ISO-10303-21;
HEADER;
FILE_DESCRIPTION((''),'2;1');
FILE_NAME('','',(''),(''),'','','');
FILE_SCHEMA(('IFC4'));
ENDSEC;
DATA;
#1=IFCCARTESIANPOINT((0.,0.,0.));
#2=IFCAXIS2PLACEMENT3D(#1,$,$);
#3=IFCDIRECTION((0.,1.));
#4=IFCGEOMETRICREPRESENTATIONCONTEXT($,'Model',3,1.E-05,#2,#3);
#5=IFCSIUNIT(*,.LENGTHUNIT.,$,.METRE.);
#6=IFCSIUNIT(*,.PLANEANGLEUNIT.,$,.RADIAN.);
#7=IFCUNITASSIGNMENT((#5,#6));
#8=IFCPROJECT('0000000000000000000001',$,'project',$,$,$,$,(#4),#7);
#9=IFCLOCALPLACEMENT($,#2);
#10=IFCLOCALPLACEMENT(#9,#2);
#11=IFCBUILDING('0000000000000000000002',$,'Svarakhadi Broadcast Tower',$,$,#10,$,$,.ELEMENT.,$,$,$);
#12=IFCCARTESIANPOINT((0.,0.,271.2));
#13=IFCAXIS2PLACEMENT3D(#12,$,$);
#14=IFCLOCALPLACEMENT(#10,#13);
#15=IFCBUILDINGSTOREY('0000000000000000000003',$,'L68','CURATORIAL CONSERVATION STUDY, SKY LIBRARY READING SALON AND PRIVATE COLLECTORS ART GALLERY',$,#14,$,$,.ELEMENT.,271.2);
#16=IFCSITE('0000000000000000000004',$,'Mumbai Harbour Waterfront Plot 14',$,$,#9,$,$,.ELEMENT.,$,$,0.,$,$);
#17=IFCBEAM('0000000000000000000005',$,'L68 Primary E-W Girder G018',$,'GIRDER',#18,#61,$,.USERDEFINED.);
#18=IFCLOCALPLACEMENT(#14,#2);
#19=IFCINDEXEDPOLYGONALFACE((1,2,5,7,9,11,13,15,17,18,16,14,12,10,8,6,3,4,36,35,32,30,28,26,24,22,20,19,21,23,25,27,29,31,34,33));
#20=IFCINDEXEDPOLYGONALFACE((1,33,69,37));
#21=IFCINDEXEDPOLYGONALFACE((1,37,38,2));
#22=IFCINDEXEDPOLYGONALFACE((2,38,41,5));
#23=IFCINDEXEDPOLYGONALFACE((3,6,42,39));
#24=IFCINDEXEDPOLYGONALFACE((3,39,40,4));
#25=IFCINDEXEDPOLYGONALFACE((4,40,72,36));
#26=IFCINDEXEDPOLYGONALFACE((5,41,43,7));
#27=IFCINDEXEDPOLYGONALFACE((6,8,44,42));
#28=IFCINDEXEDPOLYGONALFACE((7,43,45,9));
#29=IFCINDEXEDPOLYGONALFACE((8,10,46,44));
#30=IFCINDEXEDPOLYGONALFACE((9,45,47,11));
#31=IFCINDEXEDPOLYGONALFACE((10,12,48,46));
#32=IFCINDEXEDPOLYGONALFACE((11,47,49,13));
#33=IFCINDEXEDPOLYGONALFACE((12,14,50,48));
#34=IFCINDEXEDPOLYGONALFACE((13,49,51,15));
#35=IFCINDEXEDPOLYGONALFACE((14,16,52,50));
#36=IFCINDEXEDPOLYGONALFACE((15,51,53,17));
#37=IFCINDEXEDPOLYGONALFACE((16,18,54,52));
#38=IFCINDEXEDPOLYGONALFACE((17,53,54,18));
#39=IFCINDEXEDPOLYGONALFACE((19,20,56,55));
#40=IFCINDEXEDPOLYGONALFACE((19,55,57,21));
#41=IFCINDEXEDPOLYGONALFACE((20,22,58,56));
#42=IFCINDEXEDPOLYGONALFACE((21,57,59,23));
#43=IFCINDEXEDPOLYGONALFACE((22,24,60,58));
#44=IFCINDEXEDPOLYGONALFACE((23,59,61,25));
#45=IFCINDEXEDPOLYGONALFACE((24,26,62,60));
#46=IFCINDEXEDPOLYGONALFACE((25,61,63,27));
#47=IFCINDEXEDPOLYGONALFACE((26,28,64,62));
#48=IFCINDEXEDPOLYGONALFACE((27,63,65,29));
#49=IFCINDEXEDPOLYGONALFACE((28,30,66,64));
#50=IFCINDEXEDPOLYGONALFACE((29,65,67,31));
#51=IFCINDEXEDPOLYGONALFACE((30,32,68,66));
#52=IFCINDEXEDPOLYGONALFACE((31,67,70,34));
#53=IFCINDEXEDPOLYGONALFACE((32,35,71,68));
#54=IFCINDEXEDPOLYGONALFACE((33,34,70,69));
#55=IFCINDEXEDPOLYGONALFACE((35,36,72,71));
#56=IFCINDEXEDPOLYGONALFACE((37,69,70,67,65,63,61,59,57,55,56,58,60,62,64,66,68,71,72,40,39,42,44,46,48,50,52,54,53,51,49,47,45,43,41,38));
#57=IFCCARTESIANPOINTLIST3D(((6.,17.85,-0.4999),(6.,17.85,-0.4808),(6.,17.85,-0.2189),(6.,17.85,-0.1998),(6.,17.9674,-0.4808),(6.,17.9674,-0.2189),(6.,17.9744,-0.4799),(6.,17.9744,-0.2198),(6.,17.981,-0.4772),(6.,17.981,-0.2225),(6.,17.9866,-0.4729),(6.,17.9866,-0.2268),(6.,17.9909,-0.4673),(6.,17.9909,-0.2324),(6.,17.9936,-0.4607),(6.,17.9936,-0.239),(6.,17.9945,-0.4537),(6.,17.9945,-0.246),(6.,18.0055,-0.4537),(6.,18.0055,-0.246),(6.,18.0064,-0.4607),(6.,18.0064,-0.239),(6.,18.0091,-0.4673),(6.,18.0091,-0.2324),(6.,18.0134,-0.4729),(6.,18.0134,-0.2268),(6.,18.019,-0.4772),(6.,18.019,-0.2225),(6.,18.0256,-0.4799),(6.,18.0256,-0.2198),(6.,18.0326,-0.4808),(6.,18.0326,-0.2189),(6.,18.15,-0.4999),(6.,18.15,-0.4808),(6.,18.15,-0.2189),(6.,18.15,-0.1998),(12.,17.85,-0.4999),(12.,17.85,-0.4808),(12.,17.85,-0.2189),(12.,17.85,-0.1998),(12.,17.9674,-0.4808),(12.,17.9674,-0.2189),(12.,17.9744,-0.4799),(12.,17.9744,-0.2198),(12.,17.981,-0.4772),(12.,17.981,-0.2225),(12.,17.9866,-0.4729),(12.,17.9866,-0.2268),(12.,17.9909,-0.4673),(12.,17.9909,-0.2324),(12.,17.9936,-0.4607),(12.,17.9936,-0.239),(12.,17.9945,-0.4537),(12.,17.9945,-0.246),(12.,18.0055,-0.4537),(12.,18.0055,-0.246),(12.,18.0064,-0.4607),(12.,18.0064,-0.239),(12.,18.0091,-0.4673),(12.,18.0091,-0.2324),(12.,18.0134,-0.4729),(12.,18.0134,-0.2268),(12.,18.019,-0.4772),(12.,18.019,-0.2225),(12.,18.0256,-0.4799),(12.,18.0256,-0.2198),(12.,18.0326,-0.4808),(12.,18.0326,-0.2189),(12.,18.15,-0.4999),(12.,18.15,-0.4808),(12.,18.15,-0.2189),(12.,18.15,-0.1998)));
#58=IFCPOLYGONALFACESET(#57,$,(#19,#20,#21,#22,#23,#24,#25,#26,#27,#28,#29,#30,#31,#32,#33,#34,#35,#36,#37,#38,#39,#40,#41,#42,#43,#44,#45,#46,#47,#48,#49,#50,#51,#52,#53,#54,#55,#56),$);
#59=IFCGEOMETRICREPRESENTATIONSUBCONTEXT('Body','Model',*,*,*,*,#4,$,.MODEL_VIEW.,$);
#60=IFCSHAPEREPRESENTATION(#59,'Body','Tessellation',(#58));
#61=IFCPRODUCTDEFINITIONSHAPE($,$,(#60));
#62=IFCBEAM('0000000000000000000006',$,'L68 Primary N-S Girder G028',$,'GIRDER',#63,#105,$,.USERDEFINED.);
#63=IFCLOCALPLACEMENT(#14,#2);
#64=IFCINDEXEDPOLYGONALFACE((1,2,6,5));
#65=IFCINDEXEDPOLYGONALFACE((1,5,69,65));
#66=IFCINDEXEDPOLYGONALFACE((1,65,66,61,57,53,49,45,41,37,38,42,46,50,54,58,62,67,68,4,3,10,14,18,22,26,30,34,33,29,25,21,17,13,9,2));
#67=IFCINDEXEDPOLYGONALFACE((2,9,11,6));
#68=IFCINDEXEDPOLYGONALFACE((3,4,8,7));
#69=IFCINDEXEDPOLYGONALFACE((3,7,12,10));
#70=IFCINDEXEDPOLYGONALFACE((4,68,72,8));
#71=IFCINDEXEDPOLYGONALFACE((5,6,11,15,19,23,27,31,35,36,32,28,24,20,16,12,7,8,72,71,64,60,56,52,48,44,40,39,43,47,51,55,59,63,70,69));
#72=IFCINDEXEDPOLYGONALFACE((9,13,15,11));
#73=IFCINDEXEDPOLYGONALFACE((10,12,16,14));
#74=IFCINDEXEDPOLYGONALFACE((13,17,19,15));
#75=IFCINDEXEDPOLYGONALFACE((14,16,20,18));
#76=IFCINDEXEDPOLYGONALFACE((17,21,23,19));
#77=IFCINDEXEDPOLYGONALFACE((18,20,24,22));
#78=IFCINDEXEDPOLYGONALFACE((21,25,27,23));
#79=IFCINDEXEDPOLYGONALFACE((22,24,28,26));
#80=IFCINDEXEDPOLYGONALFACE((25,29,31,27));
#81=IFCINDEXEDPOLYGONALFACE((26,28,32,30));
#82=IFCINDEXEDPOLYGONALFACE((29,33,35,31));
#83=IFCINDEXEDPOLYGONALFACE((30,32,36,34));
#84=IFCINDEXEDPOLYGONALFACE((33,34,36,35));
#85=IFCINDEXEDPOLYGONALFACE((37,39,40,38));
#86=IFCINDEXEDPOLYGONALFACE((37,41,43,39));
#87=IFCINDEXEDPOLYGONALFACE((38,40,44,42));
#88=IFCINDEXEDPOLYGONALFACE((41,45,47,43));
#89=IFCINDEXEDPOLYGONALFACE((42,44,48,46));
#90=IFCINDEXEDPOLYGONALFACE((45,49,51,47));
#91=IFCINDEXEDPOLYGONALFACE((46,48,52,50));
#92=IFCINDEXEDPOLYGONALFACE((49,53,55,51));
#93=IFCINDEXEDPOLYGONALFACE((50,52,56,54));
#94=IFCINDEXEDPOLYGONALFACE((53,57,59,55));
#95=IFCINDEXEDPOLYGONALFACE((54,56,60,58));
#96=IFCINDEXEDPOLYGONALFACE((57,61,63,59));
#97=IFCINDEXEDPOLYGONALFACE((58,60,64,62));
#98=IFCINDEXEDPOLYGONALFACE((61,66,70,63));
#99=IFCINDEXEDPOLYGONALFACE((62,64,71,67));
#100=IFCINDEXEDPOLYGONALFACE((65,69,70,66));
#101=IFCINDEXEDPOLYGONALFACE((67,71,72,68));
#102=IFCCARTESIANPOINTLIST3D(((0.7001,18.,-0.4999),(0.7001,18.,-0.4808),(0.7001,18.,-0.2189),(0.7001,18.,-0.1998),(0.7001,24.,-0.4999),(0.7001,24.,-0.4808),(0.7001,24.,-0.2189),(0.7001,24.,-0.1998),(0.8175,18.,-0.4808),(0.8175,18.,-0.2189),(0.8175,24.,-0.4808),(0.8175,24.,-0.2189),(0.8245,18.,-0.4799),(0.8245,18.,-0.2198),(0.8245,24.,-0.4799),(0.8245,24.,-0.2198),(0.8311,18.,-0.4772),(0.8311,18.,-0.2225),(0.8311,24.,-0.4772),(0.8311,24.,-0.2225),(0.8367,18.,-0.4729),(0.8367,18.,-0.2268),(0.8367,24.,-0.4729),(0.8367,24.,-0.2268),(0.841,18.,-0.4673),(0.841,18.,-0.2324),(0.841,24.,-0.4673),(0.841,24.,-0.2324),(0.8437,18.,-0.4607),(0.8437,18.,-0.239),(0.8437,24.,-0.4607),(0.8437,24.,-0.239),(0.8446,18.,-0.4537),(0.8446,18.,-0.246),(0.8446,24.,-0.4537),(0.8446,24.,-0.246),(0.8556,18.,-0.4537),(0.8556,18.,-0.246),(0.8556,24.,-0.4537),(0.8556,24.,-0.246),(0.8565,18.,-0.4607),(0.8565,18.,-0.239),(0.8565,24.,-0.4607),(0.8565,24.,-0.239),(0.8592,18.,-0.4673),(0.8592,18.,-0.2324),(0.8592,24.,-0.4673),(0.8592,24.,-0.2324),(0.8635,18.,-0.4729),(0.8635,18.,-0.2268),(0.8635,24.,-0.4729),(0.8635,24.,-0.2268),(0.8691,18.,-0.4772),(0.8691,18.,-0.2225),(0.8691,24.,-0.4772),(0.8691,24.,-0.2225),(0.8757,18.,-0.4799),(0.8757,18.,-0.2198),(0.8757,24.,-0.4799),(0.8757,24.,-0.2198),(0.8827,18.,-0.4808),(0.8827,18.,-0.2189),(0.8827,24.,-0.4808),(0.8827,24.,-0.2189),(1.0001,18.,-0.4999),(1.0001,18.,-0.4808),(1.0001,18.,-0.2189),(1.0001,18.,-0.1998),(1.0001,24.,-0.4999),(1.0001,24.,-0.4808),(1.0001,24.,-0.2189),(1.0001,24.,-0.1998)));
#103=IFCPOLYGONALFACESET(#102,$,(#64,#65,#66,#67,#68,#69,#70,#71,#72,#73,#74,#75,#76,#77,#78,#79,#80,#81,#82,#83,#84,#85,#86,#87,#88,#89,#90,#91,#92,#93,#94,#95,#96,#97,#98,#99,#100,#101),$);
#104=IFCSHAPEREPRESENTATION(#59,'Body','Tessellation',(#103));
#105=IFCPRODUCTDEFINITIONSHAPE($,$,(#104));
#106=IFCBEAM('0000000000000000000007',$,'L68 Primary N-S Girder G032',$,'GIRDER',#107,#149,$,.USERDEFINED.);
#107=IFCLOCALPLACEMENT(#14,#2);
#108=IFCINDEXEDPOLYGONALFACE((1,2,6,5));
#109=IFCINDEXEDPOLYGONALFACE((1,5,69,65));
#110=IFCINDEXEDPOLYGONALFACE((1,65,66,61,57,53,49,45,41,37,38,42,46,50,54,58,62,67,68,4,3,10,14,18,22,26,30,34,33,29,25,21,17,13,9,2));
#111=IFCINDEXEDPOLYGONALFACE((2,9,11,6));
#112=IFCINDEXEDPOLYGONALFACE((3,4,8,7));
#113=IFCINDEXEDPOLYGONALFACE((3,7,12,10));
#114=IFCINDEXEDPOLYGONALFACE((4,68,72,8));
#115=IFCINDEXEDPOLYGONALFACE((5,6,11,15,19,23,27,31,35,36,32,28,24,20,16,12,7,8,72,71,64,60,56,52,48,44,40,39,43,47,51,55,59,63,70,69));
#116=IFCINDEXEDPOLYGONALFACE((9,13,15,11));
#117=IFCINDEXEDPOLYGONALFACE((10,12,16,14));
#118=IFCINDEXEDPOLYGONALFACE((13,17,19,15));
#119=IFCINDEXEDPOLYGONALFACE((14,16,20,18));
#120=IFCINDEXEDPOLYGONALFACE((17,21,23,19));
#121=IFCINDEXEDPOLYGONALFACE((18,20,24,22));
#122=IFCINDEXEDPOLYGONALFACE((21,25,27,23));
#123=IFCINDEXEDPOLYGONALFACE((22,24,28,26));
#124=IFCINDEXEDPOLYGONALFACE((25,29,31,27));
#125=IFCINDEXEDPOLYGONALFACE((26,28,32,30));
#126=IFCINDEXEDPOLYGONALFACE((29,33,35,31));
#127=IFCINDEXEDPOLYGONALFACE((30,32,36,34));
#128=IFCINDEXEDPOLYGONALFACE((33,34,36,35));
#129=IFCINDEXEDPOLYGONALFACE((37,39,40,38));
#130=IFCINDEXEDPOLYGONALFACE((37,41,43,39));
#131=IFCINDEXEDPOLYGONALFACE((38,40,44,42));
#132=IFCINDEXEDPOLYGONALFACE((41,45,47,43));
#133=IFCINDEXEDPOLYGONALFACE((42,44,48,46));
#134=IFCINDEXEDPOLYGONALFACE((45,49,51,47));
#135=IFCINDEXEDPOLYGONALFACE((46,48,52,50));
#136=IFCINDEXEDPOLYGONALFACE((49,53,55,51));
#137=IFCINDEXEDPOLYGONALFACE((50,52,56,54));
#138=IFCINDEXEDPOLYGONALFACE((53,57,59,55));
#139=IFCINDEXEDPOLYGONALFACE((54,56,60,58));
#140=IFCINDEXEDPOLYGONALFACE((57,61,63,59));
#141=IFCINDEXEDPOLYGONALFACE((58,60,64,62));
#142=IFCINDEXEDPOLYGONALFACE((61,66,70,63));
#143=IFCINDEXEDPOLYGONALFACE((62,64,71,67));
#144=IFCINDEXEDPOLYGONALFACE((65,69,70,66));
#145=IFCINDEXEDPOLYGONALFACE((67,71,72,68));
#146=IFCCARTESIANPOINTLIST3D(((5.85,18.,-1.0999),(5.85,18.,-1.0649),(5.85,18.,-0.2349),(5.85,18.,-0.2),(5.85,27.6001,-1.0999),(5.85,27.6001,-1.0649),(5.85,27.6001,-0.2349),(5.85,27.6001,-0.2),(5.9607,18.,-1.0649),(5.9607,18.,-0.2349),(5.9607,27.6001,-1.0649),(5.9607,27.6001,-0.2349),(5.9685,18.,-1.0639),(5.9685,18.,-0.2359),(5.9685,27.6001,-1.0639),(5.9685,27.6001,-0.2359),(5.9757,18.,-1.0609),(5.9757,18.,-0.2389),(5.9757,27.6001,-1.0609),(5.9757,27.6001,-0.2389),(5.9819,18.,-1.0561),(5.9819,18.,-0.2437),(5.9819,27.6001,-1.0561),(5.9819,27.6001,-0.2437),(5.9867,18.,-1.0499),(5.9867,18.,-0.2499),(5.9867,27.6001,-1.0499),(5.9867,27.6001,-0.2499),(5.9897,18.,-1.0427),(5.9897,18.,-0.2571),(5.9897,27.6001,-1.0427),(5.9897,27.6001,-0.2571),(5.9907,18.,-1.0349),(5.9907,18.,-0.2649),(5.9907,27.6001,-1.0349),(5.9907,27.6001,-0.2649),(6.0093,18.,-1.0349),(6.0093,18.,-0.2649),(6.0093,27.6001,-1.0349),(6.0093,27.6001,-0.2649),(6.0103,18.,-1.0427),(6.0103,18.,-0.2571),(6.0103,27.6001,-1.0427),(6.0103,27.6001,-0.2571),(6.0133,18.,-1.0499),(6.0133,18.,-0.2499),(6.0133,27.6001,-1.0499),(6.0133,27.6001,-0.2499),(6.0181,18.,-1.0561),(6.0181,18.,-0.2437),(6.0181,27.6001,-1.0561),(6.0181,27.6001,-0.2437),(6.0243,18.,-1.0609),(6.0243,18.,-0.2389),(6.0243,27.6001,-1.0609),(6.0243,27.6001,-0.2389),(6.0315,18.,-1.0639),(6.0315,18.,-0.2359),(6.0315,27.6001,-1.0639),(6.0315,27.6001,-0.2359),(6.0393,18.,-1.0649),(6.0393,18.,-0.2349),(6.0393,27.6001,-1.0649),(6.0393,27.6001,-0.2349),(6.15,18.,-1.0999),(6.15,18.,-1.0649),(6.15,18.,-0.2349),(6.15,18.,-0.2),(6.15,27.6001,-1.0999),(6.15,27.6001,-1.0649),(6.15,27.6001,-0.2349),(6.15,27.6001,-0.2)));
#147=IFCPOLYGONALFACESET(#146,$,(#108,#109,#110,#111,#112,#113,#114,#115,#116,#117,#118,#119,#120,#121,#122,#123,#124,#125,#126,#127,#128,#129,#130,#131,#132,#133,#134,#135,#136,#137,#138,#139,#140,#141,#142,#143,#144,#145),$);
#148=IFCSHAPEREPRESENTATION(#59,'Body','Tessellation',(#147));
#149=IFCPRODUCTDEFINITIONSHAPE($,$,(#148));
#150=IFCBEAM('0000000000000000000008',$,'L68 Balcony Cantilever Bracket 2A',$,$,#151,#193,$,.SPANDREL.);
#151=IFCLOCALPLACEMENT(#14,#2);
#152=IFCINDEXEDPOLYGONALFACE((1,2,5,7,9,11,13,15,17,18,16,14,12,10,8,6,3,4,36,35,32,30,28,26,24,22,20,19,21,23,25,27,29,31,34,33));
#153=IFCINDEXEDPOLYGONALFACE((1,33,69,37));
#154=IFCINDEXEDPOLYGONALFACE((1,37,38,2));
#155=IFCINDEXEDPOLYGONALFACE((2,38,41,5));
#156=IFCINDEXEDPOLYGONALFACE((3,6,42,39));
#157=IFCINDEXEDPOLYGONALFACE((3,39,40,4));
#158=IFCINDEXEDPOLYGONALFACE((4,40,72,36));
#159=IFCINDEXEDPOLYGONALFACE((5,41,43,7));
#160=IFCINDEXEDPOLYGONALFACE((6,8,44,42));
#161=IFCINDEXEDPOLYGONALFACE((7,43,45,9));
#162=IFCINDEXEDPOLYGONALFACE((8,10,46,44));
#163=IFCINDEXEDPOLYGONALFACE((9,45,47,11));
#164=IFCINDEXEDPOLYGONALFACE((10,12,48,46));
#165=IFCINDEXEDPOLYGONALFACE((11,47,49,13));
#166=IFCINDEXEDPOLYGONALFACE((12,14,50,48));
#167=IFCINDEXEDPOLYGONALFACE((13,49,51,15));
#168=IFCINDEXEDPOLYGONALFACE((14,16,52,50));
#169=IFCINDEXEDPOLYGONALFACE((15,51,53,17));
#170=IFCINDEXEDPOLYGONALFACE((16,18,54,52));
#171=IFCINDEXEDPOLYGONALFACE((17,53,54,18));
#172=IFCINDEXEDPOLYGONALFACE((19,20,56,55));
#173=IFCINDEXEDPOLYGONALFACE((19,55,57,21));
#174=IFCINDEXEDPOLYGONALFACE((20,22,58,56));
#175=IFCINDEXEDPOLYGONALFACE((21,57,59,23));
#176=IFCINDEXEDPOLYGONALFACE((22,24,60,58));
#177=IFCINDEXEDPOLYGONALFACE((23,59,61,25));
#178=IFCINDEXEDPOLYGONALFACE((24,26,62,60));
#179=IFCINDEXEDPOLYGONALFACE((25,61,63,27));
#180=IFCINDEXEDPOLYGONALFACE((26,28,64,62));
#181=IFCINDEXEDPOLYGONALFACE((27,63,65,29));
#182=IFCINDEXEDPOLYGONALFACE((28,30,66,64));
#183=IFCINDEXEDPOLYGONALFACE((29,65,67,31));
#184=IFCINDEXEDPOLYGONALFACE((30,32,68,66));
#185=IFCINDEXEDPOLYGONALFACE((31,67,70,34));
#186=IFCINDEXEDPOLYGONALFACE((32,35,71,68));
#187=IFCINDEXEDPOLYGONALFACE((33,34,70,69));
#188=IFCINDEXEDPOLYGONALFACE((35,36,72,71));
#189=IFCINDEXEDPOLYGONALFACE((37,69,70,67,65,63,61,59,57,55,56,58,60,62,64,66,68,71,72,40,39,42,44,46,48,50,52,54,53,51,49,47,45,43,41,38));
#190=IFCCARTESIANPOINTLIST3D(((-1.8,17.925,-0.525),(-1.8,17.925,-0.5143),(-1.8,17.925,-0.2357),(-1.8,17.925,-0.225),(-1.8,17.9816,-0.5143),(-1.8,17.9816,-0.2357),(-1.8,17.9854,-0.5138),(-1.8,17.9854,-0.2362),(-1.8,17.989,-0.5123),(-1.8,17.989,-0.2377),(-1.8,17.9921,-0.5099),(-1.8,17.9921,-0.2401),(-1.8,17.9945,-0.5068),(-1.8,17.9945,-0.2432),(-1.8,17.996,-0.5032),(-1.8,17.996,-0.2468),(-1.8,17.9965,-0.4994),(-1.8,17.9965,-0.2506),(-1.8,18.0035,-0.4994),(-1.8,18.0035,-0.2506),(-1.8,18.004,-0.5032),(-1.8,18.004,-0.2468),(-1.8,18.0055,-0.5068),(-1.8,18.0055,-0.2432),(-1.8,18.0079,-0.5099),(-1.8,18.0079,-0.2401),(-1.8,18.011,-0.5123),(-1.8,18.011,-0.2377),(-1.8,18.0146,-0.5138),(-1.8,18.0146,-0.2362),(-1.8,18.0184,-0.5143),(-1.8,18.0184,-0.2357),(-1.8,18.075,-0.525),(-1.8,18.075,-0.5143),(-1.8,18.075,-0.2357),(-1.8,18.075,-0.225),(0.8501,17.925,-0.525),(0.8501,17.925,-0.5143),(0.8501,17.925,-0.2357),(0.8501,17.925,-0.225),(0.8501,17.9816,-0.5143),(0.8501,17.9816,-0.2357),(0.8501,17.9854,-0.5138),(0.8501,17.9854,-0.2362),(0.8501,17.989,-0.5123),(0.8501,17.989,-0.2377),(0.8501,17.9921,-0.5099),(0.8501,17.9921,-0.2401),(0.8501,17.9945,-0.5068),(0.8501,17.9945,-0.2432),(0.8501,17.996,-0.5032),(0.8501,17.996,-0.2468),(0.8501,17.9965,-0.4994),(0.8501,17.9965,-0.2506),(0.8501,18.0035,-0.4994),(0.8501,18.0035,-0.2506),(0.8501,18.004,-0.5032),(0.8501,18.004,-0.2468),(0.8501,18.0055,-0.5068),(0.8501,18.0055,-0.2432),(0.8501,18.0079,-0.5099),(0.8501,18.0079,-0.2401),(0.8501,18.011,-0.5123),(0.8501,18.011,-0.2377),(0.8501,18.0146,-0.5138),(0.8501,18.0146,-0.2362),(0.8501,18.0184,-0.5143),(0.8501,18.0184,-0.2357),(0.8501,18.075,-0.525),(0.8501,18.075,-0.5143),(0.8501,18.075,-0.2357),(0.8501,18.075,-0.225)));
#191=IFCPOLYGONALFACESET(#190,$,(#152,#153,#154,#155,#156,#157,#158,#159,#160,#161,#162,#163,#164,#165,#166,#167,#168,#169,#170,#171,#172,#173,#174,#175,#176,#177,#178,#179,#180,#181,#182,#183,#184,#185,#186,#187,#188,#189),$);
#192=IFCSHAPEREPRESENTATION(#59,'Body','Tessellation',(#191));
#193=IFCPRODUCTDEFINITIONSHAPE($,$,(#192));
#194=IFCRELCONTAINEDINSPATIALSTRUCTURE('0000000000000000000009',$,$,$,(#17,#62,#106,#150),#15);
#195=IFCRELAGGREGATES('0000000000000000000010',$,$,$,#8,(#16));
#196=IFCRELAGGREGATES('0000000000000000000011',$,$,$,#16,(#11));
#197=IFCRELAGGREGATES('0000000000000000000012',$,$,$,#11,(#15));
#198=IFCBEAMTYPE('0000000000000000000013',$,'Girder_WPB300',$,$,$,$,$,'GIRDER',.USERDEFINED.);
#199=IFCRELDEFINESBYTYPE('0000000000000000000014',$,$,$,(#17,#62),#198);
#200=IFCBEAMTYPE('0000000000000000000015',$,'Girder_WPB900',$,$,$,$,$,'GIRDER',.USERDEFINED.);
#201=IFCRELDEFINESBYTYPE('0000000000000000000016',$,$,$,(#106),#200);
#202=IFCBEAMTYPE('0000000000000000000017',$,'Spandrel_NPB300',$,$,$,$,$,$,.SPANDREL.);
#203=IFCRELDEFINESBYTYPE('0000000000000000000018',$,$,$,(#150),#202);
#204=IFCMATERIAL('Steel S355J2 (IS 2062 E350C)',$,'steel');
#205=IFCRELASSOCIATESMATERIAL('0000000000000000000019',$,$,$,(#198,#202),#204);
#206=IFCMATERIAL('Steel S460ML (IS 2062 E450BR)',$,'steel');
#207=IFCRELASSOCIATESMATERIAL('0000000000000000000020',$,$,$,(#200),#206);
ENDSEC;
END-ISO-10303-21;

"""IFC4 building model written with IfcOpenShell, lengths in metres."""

from ifc_helpers import new_model, si_unit, direction, frame, origin, origin_2d, place, context, subcontext, project, spatial, i_section, extrude, material, material_profile, profile_set, type_object, element, save


model = new_model("IFC4")

# Units and contexts
model_context = context("Model", 3, precision=1e-05, world=origin(), true_north=direction((0.0, 1.0)))
body_context = subcontext(model_context, "Body", "Model", "MODEL_VIEW")
ifc_project = project(units=[si_unit("LENGTHUNIT", "METRE"), si_unit("PLANEANGLEUNIT", "RADIAN")], contexts=[model_context])

# Site, building, storey
site_placement = place(None, origin())
site = spatial("IfcSite", under=ifc_project, at=site_placement, Name="Mumbai Harbour Waterfront Plot 14", CompositionType="ELEMENT", RefElevation=0.0)
building_placement = place(site_placement, origin())
building = spatial("IfcBuilding", under=site, at=building_placement, Name="Svarakhadi Broadcast Tower", CompositionType="ELEMENT")
storey_placement = place(building_placement, frame((0.0, 0.0, 271.2)))
storey = spatial("IfcBuildingStorey", under=building, at=storey_placement, Name="L68", Description="CURATORIAL CONSERVATION STUDY, SKY LIBRARY READING SALON AND PRIVATE COLLECTORS ART GALLERY", CompositionType="ELEMENT", Elevation=271.2)

# Shared definitions
ifc_material_1 = material(Name="Steel S460ML (IS 2062 E450BR)", Category="steel")

# Shared definitions
ifc_material_2 = material(Name="Steel S355J2 (IS 2062 E350C)", Category="steel")

# Beams
ifc_material_profile_1 = material_profile(ifc_material_2, i_section(OverallWidth=0.3, OverallDepth=0.3, WebThickness=0.011, FlangeThickness=0.019, FilletRadius=0.0271, at=origin_2d()), Name="WPB 300x300x117")
ifc_profile_set_1 = profile_set([ifc_material_profile_1], Name="Steel S355J2 (IS 2062 E350C)")
beam_type_1 = type_object("IfcBeamType", Name="Girder_WPB300", ElementType="GIRDER", PredefinedType="USERDEFINED", material=ifc_profile_set_1)
for number, where, z_axis, x_axis, name in (
    (1, (6.0, 18.0, -0.3499), (1.0, 0.0, 0.0), (0.0, 1.0, 0.0), "L68 Primary E-W Girder G018"),
    (2, (0.8501, 18.0, -0.3499), (0.0, 1.0, 0.0), (-1.0, 0.0, 0.0), "L68 Primary N-S Girder G028"),
):
    element("IfcBeam", number, at=place(storey_placement, frame(where, z_axis=z_axis, x_axis=x_axis)), inside=storey, type_object=beam_type_1, Name=name, ObjectType="GIRDER", PredefinedType="USERDEFINED", context=body_context, shape_type="SweptSolid", body=[
        extrude(i_section(OverallWidth=0.3, OverallDepth=0.3, WebThickness=0.011, FlangeThickness=0.019, FilletRadius=0.0271, at=origin_2d()), origin(), (0.0, 0.0, 1.0), 6.0),
    ])
ifc_material_profile_2 = material_profile(ifc_material_1, i_section(OverallWidth=0.3, OverallDepth=0.8999, WebThickness=0.0186, FlangeThickness=0.0349, FilletRadius=0.03, at=origin_2d()), Name="WPB 900x300x291")
ifc_profile_set_2 = profile_set([ifc_material_profile_2], Name="Steel S460ML (IS 2062 E450BR)")
beam_type_2 = type_object("IfcBeamType", Name="Girder_WPB900", ElementType="GIRDER", PredefinedType="USERDEFINED", material=ifc_profile_set_2)
beam_1_placement = place(storey_placement, frame((6.0, 18.0, -0.6499), z_axis=(0.0, 1.0, 0.0), x_axis=(-1.0, 0.0, 0.0)))
element("IfcBeam", 3, at=beam_1_placement, inside=storey, type_object=beam_type_2, Name="L68 Primary N-S Girder G032", ObjectType="GIRDER", PredefinedType="USERDEFINED", context=body_context, shape_type="SweptSolid", body=[
    extrude(i_section(OverallWidth=0.3, OverallDepth=0.8999, WebThickness=0.0186, FlangeThickness=0.0349, FilletRadius=0.03, at=origin_2d()), origin(), (0.0, 0.0, 1.0), 9.6001),
])
ifc_material_profile_3 = material_profile(ifc_material_2, i_section(OverallWidth=0.1499, OverallDepth=0.3, WebThickness=0.0071, FlangeThickness=0.0107, FilletRadius=0.0149, at=origin_2d()), Name="NPB 300x150x37")
ifc_profile_set_3 = profile_set([ifc_material_profile_3], Name="Steel S355J2 (IS 2062 E350C)")
beam_type_3 = type_object("IfcBeamType", Name="Spandrel_NPB300", PredefinedType="SPANDREL", material=ifc_profile_set_3)
beam_2_placement = place(storey_placement, frame((0.8501, 18.0, -0.375), z_axis=(-1.0, 0.0, 0.0), x_axis=(0.0, -1.0, 0.0)))
element("IfcBeam", 4, at=beam_2_placement, inside=storey, type_object=beam_type_3, Name="L68 Balcony Cantilever Bracket 2A", PredefinedType="SPANDREL", context=body_context, shape_type="SweptSolid", body=[
    extrude(i_section(OverallWidth=0.1499, OverallDepth=0.3, WebThickness=0.0071, FlangeThickness=0.0107, FilletRadius=0.0149, at=origin_2d()), origin(), (0.0, 0.0, 1.0), 2.6501),
])

save(model, "model.ifc")
